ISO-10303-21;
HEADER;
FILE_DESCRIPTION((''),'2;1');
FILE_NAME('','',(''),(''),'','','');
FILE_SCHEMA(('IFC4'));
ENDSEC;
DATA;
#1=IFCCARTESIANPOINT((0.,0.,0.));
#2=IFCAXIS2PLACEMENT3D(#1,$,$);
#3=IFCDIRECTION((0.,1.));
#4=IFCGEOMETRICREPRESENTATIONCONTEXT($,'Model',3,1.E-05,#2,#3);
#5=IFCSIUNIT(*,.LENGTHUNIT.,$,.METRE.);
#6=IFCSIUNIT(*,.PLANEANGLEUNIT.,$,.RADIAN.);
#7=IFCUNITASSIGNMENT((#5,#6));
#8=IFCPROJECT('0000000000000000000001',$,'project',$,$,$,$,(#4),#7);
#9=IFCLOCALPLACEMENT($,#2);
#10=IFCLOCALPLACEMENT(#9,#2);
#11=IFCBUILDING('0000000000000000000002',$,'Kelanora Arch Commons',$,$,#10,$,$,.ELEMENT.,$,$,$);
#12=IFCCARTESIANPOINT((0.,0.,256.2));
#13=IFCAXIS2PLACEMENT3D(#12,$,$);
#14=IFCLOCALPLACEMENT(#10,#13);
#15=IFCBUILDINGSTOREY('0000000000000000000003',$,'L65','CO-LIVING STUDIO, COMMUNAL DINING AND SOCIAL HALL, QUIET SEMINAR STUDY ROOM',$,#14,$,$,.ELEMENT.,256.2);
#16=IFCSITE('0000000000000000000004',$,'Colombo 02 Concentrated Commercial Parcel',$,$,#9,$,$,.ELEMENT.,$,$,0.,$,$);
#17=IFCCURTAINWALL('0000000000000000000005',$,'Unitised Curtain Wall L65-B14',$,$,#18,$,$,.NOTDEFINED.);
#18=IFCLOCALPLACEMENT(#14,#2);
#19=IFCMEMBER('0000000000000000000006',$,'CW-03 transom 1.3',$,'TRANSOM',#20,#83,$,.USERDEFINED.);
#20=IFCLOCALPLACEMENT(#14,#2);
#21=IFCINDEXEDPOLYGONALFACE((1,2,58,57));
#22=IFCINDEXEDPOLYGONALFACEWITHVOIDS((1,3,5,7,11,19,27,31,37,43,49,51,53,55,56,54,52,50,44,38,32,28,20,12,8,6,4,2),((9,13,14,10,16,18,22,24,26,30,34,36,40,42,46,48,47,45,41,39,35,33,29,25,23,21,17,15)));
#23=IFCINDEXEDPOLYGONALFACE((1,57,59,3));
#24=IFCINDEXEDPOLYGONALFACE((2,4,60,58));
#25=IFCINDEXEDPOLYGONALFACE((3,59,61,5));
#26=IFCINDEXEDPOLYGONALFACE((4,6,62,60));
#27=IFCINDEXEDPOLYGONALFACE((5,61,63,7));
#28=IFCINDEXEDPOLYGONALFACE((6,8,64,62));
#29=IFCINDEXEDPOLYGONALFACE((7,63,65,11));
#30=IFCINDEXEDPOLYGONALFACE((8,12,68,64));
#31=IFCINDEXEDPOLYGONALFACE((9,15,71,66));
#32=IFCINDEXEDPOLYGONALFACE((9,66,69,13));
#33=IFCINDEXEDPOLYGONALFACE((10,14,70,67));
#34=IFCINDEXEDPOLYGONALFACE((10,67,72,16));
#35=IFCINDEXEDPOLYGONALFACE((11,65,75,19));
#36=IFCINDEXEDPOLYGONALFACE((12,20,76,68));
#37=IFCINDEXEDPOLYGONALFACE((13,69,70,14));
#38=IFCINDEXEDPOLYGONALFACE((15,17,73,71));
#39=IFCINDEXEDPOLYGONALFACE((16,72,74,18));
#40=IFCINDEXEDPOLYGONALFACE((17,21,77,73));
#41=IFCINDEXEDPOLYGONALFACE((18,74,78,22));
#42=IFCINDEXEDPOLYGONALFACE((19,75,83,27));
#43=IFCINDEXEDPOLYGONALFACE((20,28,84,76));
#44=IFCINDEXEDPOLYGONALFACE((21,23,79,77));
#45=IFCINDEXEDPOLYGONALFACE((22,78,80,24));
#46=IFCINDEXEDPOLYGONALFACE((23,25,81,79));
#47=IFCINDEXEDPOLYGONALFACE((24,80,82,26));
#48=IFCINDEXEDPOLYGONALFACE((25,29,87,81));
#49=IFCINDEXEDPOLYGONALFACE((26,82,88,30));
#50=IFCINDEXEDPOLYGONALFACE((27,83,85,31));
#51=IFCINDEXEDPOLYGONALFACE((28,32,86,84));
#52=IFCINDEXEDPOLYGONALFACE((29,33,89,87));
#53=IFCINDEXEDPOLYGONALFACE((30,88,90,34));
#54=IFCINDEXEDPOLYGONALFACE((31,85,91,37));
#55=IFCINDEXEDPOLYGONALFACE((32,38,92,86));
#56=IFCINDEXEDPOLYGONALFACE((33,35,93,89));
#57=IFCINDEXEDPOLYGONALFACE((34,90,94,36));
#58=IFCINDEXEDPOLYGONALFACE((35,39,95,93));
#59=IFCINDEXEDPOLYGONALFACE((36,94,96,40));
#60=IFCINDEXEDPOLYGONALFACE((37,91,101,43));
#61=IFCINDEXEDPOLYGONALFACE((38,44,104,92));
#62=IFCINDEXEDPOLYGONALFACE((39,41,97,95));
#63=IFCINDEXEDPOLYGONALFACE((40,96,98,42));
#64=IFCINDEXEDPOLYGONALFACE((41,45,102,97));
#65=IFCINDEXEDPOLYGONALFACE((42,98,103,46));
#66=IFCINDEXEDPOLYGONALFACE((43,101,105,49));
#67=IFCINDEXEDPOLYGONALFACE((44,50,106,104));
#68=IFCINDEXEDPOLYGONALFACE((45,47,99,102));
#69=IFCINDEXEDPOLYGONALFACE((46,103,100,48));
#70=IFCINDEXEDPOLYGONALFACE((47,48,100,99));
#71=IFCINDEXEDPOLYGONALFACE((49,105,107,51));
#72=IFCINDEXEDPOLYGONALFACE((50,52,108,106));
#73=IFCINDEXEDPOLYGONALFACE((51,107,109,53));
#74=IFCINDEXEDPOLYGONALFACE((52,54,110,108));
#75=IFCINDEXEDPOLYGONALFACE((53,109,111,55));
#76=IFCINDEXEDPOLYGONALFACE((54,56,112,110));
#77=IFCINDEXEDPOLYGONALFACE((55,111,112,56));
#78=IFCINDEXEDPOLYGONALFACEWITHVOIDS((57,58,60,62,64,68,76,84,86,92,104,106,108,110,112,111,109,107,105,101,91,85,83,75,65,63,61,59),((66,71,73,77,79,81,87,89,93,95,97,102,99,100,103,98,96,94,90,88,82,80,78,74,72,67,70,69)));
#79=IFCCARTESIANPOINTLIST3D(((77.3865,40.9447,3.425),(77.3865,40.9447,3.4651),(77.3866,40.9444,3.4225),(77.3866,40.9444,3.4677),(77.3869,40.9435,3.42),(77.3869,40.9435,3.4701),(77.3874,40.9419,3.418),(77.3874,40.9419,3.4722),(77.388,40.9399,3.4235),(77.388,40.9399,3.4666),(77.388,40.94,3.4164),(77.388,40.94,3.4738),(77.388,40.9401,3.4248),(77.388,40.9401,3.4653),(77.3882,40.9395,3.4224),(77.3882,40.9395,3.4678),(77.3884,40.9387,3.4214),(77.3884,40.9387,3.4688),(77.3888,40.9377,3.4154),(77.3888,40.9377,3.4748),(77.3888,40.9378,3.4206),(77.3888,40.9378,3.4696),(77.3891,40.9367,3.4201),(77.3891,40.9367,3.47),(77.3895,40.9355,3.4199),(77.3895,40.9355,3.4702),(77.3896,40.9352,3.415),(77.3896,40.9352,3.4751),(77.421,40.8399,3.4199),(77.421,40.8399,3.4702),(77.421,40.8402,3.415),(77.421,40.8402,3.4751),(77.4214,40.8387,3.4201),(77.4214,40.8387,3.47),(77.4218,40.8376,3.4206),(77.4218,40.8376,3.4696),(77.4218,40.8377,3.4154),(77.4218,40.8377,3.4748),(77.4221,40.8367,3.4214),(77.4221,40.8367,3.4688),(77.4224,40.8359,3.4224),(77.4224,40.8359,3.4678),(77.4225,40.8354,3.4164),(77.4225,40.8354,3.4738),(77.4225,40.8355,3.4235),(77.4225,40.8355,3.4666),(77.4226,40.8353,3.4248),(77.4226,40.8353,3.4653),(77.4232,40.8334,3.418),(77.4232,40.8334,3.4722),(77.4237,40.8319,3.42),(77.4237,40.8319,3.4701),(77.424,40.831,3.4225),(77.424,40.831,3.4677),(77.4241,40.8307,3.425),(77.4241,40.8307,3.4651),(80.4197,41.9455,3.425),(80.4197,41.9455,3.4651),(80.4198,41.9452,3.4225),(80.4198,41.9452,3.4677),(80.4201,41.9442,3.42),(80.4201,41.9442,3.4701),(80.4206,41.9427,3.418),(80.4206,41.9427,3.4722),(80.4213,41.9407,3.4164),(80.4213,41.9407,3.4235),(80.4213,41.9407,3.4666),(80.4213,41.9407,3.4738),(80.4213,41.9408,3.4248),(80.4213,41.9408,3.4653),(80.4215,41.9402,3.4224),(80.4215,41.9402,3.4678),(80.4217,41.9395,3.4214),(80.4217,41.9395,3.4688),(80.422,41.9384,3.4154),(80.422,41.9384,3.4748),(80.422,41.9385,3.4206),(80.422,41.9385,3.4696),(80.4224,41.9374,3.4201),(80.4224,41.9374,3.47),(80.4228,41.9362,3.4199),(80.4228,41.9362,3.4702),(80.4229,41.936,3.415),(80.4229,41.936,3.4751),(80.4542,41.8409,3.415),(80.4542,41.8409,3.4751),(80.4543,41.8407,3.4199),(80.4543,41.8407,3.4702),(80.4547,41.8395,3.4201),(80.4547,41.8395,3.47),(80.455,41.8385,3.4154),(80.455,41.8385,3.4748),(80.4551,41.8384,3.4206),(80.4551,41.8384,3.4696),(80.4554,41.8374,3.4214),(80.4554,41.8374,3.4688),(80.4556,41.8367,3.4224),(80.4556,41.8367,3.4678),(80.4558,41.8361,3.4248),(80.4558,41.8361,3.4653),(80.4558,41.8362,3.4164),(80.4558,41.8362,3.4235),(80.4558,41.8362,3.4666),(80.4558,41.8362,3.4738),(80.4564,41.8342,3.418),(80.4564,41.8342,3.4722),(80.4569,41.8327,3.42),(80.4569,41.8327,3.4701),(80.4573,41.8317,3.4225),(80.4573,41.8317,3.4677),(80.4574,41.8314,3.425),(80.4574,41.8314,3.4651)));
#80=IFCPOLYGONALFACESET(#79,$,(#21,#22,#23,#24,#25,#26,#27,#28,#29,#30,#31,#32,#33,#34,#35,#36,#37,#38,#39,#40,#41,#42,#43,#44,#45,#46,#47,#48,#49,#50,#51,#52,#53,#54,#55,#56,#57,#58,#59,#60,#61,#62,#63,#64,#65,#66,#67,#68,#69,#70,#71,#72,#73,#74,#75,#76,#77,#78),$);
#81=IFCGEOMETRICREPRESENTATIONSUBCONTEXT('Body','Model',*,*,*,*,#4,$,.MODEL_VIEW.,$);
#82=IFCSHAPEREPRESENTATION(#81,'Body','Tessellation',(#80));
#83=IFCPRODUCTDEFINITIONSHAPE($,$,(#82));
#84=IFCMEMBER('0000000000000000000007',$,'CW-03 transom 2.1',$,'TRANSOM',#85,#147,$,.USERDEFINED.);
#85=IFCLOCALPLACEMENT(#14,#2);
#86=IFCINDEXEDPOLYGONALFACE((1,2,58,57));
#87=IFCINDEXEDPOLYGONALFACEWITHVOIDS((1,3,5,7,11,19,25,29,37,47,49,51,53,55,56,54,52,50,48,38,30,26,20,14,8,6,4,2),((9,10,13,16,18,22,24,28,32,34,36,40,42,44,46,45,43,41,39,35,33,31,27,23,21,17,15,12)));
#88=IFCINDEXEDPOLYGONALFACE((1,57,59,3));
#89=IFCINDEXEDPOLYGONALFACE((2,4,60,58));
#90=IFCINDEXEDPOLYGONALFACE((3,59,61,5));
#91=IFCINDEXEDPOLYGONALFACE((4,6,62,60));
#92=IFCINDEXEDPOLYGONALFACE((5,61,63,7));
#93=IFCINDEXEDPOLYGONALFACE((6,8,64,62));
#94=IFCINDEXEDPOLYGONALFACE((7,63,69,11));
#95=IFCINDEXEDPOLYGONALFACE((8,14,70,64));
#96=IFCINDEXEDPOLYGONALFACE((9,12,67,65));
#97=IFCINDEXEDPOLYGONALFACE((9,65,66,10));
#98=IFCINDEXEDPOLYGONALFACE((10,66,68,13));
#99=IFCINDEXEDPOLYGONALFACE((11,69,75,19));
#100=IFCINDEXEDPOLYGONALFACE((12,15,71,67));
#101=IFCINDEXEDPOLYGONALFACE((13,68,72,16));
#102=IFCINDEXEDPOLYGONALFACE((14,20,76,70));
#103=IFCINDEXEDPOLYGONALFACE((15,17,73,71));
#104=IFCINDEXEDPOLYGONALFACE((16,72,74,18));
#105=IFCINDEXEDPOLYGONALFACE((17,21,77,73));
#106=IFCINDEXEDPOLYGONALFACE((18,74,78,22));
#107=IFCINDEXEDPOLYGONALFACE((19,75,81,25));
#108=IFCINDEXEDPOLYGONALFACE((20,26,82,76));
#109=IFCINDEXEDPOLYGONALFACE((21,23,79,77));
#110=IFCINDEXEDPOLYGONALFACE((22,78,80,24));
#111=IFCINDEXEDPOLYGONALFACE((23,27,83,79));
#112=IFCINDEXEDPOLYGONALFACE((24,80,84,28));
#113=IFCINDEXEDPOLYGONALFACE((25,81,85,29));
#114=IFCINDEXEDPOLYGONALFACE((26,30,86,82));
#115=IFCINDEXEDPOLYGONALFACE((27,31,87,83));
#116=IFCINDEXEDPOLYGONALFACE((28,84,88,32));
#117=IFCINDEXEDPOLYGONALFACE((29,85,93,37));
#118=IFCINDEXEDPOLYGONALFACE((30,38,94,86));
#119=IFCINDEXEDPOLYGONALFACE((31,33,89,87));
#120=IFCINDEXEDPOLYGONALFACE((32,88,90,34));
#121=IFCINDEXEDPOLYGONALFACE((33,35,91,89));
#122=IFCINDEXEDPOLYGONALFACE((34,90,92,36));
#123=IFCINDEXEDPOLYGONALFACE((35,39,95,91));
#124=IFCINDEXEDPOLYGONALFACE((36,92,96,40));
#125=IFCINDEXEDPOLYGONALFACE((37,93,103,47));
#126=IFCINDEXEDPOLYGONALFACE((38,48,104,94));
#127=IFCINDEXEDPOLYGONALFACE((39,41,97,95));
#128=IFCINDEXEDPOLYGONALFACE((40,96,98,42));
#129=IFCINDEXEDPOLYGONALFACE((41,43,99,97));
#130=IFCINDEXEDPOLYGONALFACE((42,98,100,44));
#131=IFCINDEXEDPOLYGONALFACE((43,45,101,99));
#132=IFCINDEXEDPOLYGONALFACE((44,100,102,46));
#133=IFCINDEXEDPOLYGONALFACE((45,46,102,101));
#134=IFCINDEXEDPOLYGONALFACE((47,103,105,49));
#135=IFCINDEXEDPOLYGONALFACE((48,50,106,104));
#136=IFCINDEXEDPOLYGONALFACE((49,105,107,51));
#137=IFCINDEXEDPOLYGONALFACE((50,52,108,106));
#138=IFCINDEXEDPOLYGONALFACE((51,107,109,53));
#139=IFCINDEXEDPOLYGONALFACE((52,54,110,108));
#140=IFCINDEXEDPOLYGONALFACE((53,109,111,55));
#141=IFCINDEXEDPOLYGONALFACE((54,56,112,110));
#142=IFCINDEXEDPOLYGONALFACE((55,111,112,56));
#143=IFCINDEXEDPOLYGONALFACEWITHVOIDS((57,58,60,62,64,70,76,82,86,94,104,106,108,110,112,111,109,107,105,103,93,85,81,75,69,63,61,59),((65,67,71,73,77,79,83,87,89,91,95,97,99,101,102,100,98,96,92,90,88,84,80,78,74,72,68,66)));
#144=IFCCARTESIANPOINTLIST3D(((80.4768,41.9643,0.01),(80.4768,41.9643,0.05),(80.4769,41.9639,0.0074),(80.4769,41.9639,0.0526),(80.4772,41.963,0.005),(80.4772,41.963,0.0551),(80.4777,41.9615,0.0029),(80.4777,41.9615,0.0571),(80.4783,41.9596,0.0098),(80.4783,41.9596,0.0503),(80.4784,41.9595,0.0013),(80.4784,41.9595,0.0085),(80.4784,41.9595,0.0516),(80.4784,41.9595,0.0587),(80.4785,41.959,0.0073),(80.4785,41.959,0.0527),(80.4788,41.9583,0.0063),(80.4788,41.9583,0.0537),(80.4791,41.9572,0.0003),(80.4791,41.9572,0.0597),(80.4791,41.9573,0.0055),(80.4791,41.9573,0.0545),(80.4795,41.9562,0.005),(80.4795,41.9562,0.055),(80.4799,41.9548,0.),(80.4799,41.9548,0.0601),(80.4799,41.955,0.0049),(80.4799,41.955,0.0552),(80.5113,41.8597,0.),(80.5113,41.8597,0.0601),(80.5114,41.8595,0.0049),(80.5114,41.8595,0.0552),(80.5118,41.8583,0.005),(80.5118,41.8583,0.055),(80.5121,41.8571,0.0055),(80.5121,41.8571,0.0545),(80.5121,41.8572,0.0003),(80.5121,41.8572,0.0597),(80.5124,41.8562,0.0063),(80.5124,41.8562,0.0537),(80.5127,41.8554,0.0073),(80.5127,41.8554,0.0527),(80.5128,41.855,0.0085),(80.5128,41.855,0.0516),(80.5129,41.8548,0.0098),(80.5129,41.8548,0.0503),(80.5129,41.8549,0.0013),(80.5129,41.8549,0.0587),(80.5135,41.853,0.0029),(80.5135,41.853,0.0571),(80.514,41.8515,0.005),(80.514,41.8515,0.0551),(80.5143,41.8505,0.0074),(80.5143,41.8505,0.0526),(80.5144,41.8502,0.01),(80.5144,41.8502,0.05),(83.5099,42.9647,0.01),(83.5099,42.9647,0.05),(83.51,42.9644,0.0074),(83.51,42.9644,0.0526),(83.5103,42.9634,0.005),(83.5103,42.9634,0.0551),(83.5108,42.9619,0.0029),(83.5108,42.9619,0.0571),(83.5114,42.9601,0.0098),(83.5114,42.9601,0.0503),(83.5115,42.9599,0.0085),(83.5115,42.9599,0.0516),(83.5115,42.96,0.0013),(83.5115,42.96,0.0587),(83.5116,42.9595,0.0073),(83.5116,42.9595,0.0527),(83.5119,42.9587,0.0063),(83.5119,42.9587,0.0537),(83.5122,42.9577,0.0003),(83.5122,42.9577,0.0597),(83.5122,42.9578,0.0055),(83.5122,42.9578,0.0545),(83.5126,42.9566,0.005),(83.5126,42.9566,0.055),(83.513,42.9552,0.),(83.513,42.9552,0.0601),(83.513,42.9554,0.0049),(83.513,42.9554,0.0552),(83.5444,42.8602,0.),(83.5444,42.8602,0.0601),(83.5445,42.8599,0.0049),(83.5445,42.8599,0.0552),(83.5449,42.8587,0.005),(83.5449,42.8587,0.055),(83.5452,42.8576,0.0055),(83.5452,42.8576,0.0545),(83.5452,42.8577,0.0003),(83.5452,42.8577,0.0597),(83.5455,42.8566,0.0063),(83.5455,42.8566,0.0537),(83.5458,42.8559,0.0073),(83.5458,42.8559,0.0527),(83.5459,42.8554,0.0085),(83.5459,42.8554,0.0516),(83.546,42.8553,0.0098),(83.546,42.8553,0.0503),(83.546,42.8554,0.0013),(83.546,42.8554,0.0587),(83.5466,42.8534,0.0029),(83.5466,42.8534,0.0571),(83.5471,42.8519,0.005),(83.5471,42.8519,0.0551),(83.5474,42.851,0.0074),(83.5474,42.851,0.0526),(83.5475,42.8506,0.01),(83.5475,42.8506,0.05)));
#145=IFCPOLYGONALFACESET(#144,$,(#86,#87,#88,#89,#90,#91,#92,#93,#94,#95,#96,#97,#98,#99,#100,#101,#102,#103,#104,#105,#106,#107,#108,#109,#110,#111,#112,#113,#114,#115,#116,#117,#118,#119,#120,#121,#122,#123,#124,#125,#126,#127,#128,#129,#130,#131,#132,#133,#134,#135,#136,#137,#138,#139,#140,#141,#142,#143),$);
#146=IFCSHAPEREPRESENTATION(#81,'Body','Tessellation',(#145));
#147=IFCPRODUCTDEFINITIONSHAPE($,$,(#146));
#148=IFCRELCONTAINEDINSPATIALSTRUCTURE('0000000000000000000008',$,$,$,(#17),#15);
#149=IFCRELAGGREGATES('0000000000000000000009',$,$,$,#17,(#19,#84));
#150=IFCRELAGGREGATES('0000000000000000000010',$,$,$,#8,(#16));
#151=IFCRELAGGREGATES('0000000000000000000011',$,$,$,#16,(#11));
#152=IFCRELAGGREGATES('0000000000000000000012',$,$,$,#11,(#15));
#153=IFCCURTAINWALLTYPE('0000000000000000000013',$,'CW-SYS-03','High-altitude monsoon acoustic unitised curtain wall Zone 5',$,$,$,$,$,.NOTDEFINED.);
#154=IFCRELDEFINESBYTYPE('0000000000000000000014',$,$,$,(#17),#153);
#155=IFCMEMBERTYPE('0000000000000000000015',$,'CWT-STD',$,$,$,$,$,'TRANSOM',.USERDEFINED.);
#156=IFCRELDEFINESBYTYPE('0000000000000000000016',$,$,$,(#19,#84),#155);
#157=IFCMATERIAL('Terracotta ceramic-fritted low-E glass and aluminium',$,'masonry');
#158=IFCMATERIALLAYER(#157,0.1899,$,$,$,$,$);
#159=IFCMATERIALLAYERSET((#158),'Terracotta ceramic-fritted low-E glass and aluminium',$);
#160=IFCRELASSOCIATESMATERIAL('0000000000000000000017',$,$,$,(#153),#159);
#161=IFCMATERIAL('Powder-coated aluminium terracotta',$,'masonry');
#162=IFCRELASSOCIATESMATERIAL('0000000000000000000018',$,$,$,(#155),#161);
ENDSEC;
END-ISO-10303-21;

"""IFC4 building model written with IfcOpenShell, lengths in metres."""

from ifc_helpers import new_model, si_unit, direction, frame, origin, origin_2d, place, context, subcontext, project, spatial, hollow_rectangle, extrude, material, layer, layer_set, material_profile, profile_set, type_object, element, aggregate, save


model = new_model("IFC4")

# Units and contexts
model_context = context("Model", 3, precision=1e-05, world=origin(), true_north=direction((0.0, 1.0)))
body_context = subcontext(model_context, "Body", "Model", "MODEL_VIEW")
ifc_project = project(units=[si_unit("LENGTHUNIT", "METRE"), si_unit("PLANEANGLEUNIT", "RADIAN")], contexts=[model_context])

# Site, building, storey
site_placement = place(None, origin())
site = spatial("IfcSite", under=ifc_project, at=site_placement, Name="Colombo 02 Concentrated Commercial Parcel", CompositionType="ELEMENT", RefElevation=0.0)
building_placement = place(site_placement, origin())
building = spatial("IfcBuilding", under=site, at=building_placement, Name="Kelanora Arch Commons", CompositionType="ELEMENT")
storey_placement = place(building_placement, frame((0.0, 0.0, 256.2)))
storey = spatial("IfcBuildingStorey", under=building, at=storey_placement, Name="L65", Description="CO-LIVING STUDIO, COMMUNAL DINING AND SOCIAL HALL, QUIET SEMINAR STUDY ROOM", CompositionType="ELEMENT", Elevation=256.2)

# Curtain wall, members
ifc_material_1 = material(Name="Terracotta ceramic-fritted low-E glass and aluminium", Category="masonry")
ifc_layer_1 = layer(ifc_material_1, 0.1899)
ifc_layer_set_1 = layer_set([ifc_layer_1], Name="Terracotta ceramic-fritted low-E glass and aluminium")
curtain_wall_type = type_object("IfcCurtainWallType", Name="CW-SYS-03", Description="High-altitude monsoon acoustic unitised curtain wall Zone 5", PredefinedType="NOTDEFINED", material=ifc_layer_set_1)
curtain_wall_placement = place(storey_placement, origin())
curtain_wall = element("IfcCurtainWall", 1, at=curtain_wall_placement, inside=storey, type_object=curtain_wall_type, Name="Unitised Curtain Wall L65-B14", PredefinedType="NOTDEFINED")
ifc_material_2 = material(Name="Powder-coated aluminium terracotta", Category="masonry")
ifc_material_profile_1 = material_profile(ifc_material_2, hollow_rectangle(XDim=0.1201, YDim=0.0601, WallThickness=0.0049, InnerFilletRadius=0.0049, OuterFilletRadius=0.01, at=origin_2d()), Name="CWT120x60")
ifc_profile_set_1 = profile_set([ifc_material_profile_1], Name="Powder-coated aluminium terracotta")
member_type_1 = type_object("IfcMemberType", Name="CWT-STD", ElementType="TRANSOM", PredefinedType="USERDEFINED", material=ifc_profile_set_1)
member_1_placement = place(storey_placement, frame((77.4053, 40.8877, 3.4451), z_axis=(0.94965, 0.313314, 0.0), x_axis=(-0.313314, 0.94965, 0.0)))
member_1 = element("IfcMember", 2, at=member_1_placement, type_object=member_type_1, Name="CW-03 transom 1.3", ObjectType="TRANSOM", PredefinedType="USERDEFINED", context=body_context, shape_type="SweptSolid", body=[
    extrude(hollow_rectangle(XDim=0.1201, YDim=0.0601, WallThickness=0.0049, InnerFilletRadius=0.0049, OuterFilletRadius=0.01, at=origin_2d()), origin(), (0.0, 0.0, 1.0), 3.1941),
])
member_2_placement = place(storey_placement, frame((80.4956, 41.9072, 0.03), z_axis=(0.949672, 0.313245, 0.0), x_axis=(-0.313245, 0.949672, 0.0)))
member_2 = element("IfcMember", 3, at=member_2_placement, type_object=member_type_1, Name="CW-03 transom 2.1", ObjectType="TRANSOM", PredefinedType="USERDEFINED", context=body_context, shape_type="SweptSolid", body=[
    extrude(hollow_rectangle(XDim=0.1201, YDim=0.0601, WallThickness=0.0049, InnerFilletRadius=0.0049, OuterFilletRadius=0.01, at=origin_2d()), origin(), (0.0, 0.0, 1.0), 3.1938),
])
aggregate(curtain_wall, [member_1, member_2])

save(model, "model.ifc")
